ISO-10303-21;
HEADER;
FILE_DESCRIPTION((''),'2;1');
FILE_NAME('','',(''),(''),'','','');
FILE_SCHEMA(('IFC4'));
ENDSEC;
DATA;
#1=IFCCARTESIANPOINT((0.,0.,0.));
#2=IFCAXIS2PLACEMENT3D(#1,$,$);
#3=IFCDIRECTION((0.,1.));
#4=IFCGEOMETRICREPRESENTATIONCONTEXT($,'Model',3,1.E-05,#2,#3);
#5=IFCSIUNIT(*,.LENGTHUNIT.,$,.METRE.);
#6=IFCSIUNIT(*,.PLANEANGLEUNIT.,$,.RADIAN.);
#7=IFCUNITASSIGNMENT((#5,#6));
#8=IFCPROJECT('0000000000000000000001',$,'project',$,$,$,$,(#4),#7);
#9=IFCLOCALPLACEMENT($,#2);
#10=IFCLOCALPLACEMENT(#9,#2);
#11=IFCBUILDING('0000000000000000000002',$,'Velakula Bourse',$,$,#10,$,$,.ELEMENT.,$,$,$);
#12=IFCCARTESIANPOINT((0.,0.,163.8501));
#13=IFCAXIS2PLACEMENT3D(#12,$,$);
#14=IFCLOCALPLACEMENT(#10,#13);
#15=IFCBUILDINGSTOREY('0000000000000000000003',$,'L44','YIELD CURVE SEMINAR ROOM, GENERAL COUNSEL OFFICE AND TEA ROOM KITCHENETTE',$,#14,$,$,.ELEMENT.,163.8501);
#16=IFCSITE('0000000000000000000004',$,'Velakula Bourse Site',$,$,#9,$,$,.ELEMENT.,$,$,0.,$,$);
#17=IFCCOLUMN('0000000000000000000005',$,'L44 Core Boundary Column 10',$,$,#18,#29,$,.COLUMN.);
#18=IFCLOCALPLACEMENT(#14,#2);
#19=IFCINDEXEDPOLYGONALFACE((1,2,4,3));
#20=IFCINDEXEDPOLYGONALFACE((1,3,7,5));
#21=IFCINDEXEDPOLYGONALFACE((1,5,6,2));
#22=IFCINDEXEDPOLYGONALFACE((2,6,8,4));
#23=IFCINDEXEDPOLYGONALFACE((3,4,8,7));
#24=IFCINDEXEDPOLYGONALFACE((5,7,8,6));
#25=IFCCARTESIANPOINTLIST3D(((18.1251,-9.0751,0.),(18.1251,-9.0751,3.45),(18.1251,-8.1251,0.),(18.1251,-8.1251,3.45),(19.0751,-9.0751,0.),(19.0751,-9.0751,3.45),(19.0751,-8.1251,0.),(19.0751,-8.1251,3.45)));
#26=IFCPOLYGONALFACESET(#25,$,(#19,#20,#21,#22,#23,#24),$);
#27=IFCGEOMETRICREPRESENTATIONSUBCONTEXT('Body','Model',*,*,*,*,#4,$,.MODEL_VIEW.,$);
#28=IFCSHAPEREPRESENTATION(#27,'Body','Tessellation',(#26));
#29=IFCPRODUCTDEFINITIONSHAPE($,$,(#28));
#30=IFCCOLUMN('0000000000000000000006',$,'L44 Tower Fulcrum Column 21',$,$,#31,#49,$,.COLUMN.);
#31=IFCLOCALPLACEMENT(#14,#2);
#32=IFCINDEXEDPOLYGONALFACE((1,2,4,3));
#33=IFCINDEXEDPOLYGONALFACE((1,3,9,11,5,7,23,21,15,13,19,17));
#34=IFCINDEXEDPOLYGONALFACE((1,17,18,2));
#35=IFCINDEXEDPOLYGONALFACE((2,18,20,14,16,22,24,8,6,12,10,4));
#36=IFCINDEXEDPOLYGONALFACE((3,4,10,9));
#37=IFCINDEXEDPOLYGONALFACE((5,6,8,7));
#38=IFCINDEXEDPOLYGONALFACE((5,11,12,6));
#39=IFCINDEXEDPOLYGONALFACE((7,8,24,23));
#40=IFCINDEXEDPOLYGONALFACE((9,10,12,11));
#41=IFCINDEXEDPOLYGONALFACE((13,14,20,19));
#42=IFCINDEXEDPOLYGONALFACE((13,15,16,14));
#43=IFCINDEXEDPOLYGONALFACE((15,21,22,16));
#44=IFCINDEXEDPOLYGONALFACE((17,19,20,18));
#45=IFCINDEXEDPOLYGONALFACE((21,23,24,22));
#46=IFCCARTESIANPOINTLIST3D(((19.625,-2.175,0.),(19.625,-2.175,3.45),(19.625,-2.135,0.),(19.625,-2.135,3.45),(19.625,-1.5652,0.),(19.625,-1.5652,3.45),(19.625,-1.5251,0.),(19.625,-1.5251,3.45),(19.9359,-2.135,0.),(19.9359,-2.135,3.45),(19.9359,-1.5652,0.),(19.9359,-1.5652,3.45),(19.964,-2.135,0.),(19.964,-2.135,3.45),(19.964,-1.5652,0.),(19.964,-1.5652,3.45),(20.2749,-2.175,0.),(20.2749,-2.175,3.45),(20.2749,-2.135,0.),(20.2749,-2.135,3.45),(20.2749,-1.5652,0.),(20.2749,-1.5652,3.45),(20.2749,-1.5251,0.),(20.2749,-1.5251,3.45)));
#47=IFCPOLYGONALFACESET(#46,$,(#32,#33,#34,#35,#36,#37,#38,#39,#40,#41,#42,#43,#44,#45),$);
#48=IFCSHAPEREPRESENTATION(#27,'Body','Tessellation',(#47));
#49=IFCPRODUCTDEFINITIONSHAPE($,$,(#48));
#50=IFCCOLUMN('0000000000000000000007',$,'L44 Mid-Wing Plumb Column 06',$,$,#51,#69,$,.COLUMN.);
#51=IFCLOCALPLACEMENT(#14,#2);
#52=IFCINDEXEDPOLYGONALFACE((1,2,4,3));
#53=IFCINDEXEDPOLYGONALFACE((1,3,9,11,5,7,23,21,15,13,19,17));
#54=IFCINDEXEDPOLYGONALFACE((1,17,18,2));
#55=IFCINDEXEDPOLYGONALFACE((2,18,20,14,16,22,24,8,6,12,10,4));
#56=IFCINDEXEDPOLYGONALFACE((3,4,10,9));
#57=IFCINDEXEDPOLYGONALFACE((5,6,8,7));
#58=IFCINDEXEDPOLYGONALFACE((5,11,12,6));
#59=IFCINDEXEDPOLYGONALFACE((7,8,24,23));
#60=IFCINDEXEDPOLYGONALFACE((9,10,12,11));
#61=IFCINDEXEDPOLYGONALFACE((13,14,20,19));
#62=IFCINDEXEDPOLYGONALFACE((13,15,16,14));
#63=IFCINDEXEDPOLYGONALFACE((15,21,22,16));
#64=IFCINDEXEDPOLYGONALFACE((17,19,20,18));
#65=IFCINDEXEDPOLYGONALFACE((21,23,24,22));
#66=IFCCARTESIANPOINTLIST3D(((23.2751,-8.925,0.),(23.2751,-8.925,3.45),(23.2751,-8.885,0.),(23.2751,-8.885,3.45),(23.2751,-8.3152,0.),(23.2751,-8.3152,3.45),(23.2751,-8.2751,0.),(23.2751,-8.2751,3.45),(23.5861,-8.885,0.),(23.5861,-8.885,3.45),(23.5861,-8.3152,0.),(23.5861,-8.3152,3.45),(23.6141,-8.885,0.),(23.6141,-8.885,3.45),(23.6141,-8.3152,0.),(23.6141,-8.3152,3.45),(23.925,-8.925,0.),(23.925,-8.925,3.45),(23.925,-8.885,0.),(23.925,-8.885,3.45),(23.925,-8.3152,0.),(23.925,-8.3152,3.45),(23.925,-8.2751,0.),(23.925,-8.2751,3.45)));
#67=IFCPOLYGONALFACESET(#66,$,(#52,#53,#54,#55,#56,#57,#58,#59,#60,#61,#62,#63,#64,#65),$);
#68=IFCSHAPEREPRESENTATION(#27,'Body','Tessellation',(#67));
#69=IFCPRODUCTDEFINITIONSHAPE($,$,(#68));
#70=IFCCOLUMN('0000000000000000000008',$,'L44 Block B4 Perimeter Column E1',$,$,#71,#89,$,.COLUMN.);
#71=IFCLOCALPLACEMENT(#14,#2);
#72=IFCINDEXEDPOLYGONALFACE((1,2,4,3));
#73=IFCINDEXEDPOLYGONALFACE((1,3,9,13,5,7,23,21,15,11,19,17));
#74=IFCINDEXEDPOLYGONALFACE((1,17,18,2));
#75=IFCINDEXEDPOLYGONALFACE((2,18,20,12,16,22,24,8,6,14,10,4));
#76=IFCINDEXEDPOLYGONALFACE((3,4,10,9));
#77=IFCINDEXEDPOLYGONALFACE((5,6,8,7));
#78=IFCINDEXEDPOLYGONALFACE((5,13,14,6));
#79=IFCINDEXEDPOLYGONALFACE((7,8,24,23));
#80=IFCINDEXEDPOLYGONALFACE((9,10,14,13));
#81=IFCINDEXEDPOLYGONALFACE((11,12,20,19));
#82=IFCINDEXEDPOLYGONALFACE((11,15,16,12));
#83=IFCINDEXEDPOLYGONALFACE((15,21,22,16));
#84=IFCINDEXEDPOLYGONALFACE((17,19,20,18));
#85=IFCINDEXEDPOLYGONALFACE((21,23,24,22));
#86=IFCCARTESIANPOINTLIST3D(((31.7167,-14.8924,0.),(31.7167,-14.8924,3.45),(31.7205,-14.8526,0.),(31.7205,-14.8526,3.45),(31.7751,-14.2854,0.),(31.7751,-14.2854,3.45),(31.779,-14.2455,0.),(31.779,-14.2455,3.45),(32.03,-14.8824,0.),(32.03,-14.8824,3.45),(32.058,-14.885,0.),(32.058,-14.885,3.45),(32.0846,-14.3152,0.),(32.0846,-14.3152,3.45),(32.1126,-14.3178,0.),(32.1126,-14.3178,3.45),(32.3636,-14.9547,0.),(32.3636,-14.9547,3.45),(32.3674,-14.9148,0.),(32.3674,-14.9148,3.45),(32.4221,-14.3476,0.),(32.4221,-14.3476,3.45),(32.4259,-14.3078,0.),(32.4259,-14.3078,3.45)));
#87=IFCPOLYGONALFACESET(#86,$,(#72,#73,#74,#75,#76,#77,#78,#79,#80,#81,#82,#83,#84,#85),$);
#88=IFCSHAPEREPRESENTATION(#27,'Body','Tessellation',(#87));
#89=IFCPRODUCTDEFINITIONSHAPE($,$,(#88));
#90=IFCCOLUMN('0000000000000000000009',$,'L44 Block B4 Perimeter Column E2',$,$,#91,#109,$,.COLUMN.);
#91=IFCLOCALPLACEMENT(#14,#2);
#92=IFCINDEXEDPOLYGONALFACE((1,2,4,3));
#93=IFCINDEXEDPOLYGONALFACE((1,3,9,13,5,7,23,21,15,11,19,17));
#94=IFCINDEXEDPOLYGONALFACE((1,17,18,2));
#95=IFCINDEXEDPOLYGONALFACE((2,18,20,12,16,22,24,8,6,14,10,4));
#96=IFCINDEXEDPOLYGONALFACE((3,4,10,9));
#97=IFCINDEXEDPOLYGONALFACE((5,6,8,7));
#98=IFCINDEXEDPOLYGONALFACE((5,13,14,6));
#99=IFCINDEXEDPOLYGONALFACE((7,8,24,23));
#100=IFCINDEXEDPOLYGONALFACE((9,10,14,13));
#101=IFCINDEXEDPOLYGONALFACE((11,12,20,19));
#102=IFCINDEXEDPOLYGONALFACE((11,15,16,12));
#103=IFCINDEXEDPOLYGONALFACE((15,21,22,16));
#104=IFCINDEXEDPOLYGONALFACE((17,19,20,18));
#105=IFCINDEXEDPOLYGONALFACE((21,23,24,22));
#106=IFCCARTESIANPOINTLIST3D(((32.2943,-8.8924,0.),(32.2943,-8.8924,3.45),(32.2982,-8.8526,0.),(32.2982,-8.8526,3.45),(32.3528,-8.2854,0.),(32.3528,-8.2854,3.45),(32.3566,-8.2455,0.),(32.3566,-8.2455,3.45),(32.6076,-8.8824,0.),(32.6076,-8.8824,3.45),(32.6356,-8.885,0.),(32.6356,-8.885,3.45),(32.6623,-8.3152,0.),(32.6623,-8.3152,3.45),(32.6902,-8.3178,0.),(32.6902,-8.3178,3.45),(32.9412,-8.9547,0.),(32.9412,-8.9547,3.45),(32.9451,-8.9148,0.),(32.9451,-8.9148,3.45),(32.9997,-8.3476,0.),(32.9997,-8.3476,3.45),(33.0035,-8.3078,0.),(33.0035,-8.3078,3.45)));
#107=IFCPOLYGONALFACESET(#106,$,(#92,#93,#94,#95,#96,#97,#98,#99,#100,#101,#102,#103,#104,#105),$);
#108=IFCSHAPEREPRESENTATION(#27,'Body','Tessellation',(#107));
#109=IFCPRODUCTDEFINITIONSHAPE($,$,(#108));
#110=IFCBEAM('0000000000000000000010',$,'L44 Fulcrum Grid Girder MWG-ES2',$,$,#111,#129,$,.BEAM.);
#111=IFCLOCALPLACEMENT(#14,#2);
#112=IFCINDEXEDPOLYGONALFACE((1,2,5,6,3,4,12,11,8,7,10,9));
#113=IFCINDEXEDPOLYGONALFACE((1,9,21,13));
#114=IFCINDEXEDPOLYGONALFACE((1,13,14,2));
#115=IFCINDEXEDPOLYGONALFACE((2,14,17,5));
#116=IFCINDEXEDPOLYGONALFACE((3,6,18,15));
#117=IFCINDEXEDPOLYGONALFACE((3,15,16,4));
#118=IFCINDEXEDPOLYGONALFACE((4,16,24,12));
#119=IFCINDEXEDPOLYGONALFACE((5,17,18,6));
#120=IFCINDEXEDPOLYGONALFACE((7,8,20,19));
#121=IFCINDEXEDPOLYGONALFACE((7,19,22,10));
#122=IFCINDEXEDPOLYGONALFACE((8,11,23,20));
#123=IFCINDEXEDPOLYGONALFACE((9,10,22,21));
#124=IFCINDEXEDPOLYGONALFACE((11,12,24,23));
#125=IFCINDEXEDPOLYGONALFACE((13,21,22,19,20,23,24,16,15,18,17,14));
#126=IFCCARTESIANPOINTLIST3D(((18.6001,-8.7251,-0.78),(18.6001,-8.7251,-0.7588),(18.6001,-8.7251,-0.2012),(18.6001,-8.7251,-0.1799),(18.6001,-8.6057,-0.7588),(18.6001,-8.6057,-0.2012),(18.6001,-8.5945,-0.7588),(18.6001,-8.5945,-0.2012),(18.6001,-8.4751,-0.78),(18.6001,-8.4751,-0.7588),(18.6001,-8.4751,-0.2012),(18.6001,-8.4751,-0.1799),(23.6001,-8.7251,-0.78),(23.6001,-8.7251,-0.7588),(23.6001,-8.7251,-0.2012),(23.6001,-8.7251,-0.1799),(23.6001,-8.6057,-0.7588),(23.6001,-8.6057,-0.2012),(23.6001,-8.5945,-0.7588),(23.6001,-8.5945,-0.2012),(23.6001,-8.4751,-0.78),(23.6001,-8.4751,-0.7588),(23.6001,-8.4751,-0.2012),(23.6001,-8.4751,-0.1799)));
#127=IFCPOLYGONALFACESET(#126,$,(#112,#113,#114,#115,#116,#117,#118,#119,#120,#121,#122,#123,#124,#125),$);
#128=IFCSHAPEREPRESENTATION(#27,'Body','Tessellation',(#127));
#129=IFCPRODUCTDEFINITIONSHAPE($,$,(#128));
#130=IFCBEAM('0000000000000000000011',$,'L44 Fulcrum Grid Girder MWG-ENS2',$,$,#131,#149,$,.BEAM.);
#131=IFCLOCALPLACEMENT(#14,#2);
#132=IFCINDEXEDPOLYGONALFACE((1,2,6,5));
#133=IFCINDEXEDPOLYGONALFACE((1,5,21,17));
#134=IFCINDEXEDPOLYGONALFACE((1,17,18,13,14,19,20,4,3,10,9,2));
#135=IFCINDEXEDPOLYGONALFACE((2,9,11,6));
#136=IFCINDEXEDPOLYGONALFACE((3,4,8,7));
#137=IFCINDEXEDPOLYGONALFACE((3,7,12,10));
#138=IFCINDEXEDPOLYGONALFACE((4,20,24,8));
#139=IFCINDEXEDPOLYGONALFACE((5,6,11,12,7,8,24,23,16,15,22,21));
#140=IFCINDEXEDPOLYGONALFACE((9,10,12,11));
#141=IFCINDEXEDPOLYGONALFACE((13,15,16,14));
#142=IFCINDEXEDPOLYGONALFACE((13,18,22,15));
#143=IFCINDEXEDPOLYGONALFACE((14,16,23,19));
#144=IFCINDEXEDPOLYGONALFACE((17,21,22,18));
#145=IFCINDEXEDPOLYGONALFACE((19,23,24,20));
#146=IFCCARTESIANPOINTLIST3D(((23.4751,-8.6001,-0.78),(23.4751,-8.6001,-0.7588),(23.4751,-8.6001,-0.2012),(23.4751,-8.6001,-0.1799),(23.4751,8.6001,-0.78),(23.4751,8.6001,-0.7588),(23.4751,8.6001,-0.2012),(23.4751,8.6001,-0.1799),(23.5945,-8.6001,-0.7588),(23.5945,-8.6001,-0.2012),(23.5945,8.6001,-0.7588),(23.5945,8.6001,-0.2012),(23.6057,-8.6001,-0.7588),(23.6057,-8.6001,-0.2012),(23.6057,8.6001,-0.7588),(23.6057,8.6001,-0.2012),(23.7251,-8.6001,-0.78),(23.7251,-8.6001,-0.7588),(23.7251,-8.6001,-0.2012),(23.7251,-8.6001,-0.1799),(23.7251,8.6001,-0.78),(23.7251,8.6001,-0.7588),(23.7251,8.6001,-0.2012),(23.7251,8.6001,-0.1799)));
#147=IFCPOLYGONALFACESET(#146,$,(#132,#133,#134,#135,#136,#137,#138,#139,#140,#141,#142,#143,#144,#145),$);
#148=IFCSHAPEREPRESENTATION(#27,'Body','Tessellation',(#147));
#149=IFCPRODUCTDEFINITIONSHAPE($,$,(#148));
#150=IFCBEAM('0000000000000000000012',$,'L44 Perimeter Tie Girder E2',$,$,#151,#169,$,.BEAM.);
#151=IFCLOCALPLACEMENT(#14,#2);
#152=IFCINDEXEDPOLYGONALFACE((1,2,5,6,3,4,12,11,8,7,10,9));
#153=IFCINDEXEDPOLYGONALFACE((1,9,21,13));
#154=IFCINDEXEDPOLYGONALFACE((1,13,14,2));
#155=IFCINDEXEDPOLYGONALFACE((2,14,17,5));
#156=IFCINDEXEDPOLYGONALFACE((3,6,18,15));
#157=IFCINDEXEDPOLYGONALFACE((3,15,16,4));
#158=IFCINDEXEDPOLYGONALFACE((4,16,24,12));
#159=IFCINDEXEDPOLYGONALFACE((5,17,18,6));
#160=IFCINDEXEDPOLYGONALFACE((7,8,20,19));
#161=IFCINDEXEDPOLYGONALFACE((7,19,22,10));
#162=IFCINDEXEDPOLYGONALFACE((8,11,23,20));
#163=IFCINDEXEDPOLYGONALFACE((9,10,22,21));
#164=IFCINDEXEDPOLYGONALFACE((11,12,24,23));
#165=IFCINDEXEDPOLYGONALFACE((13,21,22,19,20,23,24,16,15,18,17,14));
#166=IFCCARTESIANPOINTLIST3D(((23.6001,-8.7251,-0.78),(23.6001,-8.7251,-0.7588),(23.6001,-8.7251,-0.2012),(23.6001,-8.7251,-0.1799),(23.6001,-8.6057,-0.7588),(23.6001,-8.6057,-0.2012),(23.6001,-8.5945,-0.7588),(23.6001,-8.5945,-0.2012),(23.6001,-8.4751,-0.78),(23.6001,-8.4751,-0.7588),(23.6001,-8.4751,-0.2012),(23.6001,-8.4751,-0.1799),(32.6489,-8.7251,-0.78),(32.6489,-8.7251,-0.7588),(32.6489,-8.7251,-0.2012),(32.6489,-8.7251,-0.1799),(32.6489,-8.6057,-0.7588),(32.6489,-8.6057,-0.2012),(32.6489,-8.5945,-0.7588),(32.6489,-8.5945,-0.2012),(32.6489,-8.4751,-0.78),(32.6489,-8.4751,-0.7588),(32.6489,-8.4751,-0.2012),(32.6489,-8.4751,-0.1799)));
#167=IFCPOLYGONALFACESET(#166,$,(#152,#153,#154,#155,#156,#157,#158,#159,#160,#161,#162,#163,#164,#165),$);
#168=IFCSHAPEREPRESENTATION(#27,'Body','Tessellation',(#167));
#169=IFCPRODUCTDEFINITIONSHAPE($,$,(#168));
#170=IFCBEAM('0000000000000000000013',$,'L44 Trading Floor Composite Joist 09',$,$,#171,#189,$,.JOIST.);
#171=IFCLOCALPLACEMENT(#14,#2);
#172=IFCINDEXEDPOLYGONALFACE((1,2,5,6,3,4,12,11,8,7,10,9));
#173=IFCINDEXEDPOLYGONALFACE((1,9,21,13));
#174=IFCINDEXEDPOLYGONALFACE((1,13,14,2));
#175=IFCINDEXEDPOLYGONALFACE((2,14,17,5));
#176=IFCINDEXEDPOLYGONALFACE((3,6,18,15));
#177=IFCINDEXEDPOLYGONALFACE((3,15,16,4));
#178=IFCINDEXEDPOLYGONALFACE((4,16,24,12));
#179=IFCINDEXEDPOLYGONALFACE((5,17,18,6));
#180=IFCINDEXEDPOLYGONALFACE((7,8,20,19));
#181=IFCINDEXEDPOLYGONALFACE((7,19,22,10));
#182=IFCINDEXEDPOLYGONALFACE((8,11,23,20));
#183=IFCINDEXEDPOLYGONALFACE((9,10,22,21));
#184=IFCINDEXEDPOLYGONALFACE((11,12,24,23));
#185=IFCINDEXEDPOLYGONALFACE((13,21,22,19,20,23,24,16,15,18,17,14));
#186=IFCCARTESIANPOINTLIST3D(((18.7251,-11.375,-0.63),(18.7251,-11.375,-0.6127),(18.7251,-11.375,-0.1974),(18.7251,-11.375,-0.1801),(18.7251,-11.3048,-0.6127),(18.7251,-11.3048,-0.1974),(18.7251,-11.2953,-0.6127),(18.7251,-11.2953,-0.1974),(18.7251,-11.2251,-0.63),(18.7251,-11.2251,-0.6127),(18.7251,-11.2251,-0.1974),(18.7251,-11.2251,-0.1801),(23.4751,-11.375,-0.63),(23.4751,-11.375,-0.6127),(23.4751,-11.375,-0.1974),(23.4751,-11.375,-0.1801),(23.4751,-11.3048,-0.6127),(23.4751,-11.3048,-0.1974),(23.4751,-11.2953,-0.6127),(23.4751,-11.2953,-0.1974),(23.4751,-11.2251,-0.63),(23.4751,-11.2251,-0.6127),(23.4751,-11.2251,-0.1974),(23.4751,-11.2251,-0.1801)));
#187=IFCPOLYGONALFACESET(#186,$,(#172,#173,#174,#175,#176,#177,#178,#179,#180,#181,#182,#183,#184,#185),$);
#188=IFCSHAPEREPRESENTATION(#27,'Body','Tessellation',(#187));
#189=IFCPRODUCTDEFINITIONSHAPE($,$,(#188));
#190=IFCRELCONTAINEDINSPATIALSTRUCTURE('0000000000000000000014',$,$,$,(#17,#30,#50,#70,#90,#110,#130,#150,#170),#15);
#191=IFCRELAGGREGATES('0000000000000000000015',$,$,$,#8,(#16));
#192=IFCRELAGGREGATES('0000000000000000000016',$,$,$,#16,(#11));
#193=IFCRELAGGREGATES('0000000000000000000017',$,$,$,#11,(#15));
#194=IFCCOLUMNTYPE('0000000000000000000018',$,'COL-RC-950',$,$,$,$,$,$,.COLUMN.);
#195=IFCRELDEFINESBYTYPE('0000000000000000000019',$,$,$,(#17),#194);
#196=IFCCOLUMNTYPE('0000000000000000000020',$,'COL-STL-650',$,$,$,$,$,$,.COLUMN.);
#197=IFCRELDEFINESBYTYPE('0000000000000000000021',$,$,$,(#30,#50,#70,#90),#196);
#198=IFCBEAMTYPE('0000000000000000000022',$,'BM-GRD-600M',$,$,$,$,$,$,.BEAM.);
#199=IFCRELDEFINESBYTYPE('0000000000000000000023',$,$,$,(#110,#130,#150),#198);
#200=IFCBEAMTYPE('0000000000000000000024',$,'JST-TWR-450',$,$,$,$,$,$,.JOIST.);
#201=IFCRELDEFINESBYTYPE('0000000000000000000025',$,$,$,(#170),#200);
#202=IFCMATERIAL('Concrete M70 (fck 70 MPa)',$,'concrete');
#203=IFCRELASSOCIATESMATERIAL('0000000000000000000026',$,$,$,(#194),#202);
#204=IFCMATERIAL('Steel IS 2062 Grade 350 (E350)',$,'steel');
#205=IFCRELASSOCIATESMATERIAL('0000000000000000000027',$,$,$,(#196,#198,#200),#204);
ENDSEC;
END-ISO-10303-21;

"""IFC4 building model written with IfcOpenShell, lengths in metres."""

from ifc_helpers import new_model, si_unit, direction, frame, origin, origin_2d, place, context, subcontext, project, spatial, rectangle, i_section, extrude, material, material_profile, profile_set, type_object, element, save


model = new_model("IFC4")

# Units and contexts
model_context = context("Model", 3, precision=1e-05, world=origin(), true_north=direction((0.0, 1.0)))
body_context = subcontext(model_context, "Body", "Model", "MODEL_VIEW")
ifc_project = project(units=[si_unit("LENGTHUNIT", "METRE"), si_unit("PLANEANGLEUNIT", "RADIAN")], contexts=[model_context])

# Site, building, storey
site_placement = place(None, origin())
site = spatial("IfcSite", under=ifc_project, at=site_placement, Name="Velakula Bourse Site", CompositionType="ELEMENT", RefElevation=0.0)
building_placement = place(site_placement, origin())
building = spatial("IfcBuilding", under=site, at=building_placement, Name="Velakula Bourse", CompositionType="ELEMENT")
storey_placement = place(building_placement, frame((0.0, 0.0, 163.8501)))
storey = spatial("IfcBuildingStorey", under=building, at=storey_placement, Name="L44", Description="YIELD CURVE SEMINAR ROOM, GENERAL COUNSEL OFFICE AND TEA ROOM KITCHENETTE", CompositionType="ELEMENT", Elevation=163.8501)

# Columns
ifc_material_1 = material(Name="Concrete M70 (fck 70 MPa)", Category="concrete")
ifc_material_profile_1 = material_profile(ifc_material_1, rectangle(XDim=0.95, YDim=0.95, at=origin_2d()), Name="Concrete M70 (fck 70 MPa)")
ifc_profile_set_1 = profile_set([ifc_material_profile_1], Name="Concrete M70 (fck 70 MPa)")
column_type_1 = type_object("IfcColumnType", Name="COL-RC-950", PredefinedType="COLUMN", material=ifc_profile_set_1)
column_placement = place(storey_placement, frame((18.6001, -8.6001, 0.0), z_axis=(0.0, 0.0, 1.0), x_axis=(1.0, 0.0, 0.0)))
element("IfcColumn", 1, at=column_placement, inside=storey, type_object=column_type_1, Name="L44 Core Boundary Column 10", PredefinedType="COLUMN", context=body_context, shape_type="SweptSolid", body=[
    extrude(rectangle(XDim=0.95, YDim=0.95, at=origin_2d()), origin(), (0.0, 0.0, 1.0), 3.45),
])
ifc_material_2 = material(Name="Steel IS 2062 Grade 350 (E350)", Category="steel")
ifc_material_profile_2 = material_profile(ifc_material_2, i_section(OverallWidth=0.6499, OverallDepth=0.6499, WebThickness=0.0281, FlangeThickness=0.04, at=origin_2d()), Name="Steel IS 2062 Grade 350 (E350)")
ifc_profile_set_2 = profile_set([ifc_material_profile_2], Name="Steel IS 2062 Grade 350 (E350)")
column_type_2 = type_object("IfcColumnType", Name="COL-STL-650", PredefinedType="COLUMN", material=ifc_profile_set_2)
for number, where, z_axis, x_axis, name in (
    (2, (19.95, -1.8501, 0.0), (0.0, 0.0, 1.0), (1.0, 0.0, 0.0), "L44 Tower Fulcrum Column 21"),
    (3, (23.6001, -8.6001, 0.0), (0.0, 0.0, 1.0), (1.0, 0.0, 0.0), "L44 Mid-Wing Plumb Column 06"),
    (4, (32.0713, -14.6001, 0.0), (0.0, 0.0, 1.0), (0.995396, -0.095846, 0.0), "L44 Block B4 Perimeter Column E1"),
    (5, (32.6489, -8.6001, 0.0), (0.0, 0.0, 1.0), (0.995396, -0.095846, 0.0), "L44 Block B4 Perimeter Column E2"),
):
    element("IfcColumn", number, at=place(storey_placement, frame(where, z_axis=z_axis, x_axis=x_axis)), inside=storey, type_object=column_type_2, Name=name, PredefinedType="COLUMN", context=body_context, shape_type="SweptSolid", body=[
        extrude(i_section(OverallWidth=0.6499, OverallDepth=0.6499, WebThickness=0.0281, FlangeThickness=0.04, at=origin_2d()), origin(), (0.0, 0.0, 1.0), 3.45),
    ])

# Beams
ifc_material_profile_3 = material_profile(ifc_material_2, i_section(OverallWidth=0.25, OverallDepth=0.6001, WebThickness=0.0112, FlangeThickness=0.0212, at=origin_2d()), Name="Steel IS 2062 Grade 350 (E350)")
ifc_profile_set_3 = profile_set([ifc_material_profile_3], Name="Steel IS 2062 Grade 350 (E350)")
beam_type_1 = type_object("IfcBeamType", Name="BM-GRD-600M", PredefinedType="BEAM", material=ifc_profile_set_3)
beam_1_placement = place(storey_placement, frame((18.6001, -8.6001, -0.48), z_axis=(1.0, 0.0, 0.0), x_axis=(0.0, 1.0, 0.0)))
element("IfcBeam", 6, at=beam_1_placement, inside=storey, type_object=beam_type_1, Name="L44 Fulcrum Grid Girder MWG-ES2", PredefinedType="BEAM", context=body_context, shape_type="SweptSolid", body=[
    extrude(i_section(OverallWidth=0.25, OverallDepth=0.6001, WebThickness=0.0112, FlangeThickness=0.0212, at=origin_2d()), origin(), (0.0, 0.0, 1.0), 5.0),
])
beam_2_placement = place(storey_placement, frame((23.6001, -8.6001, -0.48), z_axis=(0.0, 1.0, 0.0), x_axis=(-1.0, 0.0, 0.0)))
element("IfcBeam", 7, at=beam_2_placement, inside=storey, type_object=beam_type_1, Name="L44 Fulcrum Grid Girder MWG-ENS2", PredefinedType="BEAM", context=body_context, shape_type="SweptSolid", body=[
    extrude(i_section(OverallWidth=0.25, OverallDepth=0.6001, WebThickness=0.0112, FlangeThickness=0.0212, at=origin_2d()), origin(), (0.0, 0.0, 1.0), 17.2002),
])
beam_3_placement = place(storey_placement, frame((23.6001, -8.6001, -0.48), z_axis=(1.0, 0.0, 0.0), x_axis=(0.0, 1.0, 0.0)))
element("IfcBeam", 8, at=beam_3_placement, inside=storey, type_object=beam_type_1, Name="L44 Perimeter Tie Girder E2", PredefinedType="BEAM", context=body_context, shape_type="SweptSolid", body=[
    extrude(i_section(OverallWidth=0.25, OverallDepth=0.6001, WebThickness=0.0112, FlangeThickness=0.0212, at=origin_2d()), origin(), (0.0, 0.0, 1.0), 9.0488),
])
ifc_material_profile_4 = material_profile(ifc_material_2, i_section(OverallWidth=0.1499, OverallDepth=0.45, WebThickness=0.0095, FlangeThickness=0.0173, at=origin_2d()), Name="Steel IS 2062 Grade 350 (E350)")
ifc_profile_set_4 = profile_set([ifc_material_profile_4], Name="Steel IS 2062 Grade 350 (E350)")
beam_type_2 = type_object("IfcBeamType", Name="JST-TWR-450", PredefinedType="JOIST", material=ifc_profile_set_4)
beam_4_placement = place(storey_placement, frame((18.7251, -11.3, -0.405), z_axis=(1.0, 0.0, 0.0), x_axis=(0.0, 1.0, 0.0)))
element("IfcBeam", 9, at=beam_4_placement, inside=storey, type_object=beam_type_2, Name="L44 Trading Floor Composite Joist 09", PredefinedType="JOIST", context=body_context, shape_type="SweptSolid", body=[
    extrude(i_section(OverallWidth=0.1499, OverallDepth=0.45, WebThickness=0.0095, FlangeThickness=0.0173, at=origin_2d()), origin(), (0.0, 0.0, 1.0), 4.75),
])

save(model, "model.ifc")
